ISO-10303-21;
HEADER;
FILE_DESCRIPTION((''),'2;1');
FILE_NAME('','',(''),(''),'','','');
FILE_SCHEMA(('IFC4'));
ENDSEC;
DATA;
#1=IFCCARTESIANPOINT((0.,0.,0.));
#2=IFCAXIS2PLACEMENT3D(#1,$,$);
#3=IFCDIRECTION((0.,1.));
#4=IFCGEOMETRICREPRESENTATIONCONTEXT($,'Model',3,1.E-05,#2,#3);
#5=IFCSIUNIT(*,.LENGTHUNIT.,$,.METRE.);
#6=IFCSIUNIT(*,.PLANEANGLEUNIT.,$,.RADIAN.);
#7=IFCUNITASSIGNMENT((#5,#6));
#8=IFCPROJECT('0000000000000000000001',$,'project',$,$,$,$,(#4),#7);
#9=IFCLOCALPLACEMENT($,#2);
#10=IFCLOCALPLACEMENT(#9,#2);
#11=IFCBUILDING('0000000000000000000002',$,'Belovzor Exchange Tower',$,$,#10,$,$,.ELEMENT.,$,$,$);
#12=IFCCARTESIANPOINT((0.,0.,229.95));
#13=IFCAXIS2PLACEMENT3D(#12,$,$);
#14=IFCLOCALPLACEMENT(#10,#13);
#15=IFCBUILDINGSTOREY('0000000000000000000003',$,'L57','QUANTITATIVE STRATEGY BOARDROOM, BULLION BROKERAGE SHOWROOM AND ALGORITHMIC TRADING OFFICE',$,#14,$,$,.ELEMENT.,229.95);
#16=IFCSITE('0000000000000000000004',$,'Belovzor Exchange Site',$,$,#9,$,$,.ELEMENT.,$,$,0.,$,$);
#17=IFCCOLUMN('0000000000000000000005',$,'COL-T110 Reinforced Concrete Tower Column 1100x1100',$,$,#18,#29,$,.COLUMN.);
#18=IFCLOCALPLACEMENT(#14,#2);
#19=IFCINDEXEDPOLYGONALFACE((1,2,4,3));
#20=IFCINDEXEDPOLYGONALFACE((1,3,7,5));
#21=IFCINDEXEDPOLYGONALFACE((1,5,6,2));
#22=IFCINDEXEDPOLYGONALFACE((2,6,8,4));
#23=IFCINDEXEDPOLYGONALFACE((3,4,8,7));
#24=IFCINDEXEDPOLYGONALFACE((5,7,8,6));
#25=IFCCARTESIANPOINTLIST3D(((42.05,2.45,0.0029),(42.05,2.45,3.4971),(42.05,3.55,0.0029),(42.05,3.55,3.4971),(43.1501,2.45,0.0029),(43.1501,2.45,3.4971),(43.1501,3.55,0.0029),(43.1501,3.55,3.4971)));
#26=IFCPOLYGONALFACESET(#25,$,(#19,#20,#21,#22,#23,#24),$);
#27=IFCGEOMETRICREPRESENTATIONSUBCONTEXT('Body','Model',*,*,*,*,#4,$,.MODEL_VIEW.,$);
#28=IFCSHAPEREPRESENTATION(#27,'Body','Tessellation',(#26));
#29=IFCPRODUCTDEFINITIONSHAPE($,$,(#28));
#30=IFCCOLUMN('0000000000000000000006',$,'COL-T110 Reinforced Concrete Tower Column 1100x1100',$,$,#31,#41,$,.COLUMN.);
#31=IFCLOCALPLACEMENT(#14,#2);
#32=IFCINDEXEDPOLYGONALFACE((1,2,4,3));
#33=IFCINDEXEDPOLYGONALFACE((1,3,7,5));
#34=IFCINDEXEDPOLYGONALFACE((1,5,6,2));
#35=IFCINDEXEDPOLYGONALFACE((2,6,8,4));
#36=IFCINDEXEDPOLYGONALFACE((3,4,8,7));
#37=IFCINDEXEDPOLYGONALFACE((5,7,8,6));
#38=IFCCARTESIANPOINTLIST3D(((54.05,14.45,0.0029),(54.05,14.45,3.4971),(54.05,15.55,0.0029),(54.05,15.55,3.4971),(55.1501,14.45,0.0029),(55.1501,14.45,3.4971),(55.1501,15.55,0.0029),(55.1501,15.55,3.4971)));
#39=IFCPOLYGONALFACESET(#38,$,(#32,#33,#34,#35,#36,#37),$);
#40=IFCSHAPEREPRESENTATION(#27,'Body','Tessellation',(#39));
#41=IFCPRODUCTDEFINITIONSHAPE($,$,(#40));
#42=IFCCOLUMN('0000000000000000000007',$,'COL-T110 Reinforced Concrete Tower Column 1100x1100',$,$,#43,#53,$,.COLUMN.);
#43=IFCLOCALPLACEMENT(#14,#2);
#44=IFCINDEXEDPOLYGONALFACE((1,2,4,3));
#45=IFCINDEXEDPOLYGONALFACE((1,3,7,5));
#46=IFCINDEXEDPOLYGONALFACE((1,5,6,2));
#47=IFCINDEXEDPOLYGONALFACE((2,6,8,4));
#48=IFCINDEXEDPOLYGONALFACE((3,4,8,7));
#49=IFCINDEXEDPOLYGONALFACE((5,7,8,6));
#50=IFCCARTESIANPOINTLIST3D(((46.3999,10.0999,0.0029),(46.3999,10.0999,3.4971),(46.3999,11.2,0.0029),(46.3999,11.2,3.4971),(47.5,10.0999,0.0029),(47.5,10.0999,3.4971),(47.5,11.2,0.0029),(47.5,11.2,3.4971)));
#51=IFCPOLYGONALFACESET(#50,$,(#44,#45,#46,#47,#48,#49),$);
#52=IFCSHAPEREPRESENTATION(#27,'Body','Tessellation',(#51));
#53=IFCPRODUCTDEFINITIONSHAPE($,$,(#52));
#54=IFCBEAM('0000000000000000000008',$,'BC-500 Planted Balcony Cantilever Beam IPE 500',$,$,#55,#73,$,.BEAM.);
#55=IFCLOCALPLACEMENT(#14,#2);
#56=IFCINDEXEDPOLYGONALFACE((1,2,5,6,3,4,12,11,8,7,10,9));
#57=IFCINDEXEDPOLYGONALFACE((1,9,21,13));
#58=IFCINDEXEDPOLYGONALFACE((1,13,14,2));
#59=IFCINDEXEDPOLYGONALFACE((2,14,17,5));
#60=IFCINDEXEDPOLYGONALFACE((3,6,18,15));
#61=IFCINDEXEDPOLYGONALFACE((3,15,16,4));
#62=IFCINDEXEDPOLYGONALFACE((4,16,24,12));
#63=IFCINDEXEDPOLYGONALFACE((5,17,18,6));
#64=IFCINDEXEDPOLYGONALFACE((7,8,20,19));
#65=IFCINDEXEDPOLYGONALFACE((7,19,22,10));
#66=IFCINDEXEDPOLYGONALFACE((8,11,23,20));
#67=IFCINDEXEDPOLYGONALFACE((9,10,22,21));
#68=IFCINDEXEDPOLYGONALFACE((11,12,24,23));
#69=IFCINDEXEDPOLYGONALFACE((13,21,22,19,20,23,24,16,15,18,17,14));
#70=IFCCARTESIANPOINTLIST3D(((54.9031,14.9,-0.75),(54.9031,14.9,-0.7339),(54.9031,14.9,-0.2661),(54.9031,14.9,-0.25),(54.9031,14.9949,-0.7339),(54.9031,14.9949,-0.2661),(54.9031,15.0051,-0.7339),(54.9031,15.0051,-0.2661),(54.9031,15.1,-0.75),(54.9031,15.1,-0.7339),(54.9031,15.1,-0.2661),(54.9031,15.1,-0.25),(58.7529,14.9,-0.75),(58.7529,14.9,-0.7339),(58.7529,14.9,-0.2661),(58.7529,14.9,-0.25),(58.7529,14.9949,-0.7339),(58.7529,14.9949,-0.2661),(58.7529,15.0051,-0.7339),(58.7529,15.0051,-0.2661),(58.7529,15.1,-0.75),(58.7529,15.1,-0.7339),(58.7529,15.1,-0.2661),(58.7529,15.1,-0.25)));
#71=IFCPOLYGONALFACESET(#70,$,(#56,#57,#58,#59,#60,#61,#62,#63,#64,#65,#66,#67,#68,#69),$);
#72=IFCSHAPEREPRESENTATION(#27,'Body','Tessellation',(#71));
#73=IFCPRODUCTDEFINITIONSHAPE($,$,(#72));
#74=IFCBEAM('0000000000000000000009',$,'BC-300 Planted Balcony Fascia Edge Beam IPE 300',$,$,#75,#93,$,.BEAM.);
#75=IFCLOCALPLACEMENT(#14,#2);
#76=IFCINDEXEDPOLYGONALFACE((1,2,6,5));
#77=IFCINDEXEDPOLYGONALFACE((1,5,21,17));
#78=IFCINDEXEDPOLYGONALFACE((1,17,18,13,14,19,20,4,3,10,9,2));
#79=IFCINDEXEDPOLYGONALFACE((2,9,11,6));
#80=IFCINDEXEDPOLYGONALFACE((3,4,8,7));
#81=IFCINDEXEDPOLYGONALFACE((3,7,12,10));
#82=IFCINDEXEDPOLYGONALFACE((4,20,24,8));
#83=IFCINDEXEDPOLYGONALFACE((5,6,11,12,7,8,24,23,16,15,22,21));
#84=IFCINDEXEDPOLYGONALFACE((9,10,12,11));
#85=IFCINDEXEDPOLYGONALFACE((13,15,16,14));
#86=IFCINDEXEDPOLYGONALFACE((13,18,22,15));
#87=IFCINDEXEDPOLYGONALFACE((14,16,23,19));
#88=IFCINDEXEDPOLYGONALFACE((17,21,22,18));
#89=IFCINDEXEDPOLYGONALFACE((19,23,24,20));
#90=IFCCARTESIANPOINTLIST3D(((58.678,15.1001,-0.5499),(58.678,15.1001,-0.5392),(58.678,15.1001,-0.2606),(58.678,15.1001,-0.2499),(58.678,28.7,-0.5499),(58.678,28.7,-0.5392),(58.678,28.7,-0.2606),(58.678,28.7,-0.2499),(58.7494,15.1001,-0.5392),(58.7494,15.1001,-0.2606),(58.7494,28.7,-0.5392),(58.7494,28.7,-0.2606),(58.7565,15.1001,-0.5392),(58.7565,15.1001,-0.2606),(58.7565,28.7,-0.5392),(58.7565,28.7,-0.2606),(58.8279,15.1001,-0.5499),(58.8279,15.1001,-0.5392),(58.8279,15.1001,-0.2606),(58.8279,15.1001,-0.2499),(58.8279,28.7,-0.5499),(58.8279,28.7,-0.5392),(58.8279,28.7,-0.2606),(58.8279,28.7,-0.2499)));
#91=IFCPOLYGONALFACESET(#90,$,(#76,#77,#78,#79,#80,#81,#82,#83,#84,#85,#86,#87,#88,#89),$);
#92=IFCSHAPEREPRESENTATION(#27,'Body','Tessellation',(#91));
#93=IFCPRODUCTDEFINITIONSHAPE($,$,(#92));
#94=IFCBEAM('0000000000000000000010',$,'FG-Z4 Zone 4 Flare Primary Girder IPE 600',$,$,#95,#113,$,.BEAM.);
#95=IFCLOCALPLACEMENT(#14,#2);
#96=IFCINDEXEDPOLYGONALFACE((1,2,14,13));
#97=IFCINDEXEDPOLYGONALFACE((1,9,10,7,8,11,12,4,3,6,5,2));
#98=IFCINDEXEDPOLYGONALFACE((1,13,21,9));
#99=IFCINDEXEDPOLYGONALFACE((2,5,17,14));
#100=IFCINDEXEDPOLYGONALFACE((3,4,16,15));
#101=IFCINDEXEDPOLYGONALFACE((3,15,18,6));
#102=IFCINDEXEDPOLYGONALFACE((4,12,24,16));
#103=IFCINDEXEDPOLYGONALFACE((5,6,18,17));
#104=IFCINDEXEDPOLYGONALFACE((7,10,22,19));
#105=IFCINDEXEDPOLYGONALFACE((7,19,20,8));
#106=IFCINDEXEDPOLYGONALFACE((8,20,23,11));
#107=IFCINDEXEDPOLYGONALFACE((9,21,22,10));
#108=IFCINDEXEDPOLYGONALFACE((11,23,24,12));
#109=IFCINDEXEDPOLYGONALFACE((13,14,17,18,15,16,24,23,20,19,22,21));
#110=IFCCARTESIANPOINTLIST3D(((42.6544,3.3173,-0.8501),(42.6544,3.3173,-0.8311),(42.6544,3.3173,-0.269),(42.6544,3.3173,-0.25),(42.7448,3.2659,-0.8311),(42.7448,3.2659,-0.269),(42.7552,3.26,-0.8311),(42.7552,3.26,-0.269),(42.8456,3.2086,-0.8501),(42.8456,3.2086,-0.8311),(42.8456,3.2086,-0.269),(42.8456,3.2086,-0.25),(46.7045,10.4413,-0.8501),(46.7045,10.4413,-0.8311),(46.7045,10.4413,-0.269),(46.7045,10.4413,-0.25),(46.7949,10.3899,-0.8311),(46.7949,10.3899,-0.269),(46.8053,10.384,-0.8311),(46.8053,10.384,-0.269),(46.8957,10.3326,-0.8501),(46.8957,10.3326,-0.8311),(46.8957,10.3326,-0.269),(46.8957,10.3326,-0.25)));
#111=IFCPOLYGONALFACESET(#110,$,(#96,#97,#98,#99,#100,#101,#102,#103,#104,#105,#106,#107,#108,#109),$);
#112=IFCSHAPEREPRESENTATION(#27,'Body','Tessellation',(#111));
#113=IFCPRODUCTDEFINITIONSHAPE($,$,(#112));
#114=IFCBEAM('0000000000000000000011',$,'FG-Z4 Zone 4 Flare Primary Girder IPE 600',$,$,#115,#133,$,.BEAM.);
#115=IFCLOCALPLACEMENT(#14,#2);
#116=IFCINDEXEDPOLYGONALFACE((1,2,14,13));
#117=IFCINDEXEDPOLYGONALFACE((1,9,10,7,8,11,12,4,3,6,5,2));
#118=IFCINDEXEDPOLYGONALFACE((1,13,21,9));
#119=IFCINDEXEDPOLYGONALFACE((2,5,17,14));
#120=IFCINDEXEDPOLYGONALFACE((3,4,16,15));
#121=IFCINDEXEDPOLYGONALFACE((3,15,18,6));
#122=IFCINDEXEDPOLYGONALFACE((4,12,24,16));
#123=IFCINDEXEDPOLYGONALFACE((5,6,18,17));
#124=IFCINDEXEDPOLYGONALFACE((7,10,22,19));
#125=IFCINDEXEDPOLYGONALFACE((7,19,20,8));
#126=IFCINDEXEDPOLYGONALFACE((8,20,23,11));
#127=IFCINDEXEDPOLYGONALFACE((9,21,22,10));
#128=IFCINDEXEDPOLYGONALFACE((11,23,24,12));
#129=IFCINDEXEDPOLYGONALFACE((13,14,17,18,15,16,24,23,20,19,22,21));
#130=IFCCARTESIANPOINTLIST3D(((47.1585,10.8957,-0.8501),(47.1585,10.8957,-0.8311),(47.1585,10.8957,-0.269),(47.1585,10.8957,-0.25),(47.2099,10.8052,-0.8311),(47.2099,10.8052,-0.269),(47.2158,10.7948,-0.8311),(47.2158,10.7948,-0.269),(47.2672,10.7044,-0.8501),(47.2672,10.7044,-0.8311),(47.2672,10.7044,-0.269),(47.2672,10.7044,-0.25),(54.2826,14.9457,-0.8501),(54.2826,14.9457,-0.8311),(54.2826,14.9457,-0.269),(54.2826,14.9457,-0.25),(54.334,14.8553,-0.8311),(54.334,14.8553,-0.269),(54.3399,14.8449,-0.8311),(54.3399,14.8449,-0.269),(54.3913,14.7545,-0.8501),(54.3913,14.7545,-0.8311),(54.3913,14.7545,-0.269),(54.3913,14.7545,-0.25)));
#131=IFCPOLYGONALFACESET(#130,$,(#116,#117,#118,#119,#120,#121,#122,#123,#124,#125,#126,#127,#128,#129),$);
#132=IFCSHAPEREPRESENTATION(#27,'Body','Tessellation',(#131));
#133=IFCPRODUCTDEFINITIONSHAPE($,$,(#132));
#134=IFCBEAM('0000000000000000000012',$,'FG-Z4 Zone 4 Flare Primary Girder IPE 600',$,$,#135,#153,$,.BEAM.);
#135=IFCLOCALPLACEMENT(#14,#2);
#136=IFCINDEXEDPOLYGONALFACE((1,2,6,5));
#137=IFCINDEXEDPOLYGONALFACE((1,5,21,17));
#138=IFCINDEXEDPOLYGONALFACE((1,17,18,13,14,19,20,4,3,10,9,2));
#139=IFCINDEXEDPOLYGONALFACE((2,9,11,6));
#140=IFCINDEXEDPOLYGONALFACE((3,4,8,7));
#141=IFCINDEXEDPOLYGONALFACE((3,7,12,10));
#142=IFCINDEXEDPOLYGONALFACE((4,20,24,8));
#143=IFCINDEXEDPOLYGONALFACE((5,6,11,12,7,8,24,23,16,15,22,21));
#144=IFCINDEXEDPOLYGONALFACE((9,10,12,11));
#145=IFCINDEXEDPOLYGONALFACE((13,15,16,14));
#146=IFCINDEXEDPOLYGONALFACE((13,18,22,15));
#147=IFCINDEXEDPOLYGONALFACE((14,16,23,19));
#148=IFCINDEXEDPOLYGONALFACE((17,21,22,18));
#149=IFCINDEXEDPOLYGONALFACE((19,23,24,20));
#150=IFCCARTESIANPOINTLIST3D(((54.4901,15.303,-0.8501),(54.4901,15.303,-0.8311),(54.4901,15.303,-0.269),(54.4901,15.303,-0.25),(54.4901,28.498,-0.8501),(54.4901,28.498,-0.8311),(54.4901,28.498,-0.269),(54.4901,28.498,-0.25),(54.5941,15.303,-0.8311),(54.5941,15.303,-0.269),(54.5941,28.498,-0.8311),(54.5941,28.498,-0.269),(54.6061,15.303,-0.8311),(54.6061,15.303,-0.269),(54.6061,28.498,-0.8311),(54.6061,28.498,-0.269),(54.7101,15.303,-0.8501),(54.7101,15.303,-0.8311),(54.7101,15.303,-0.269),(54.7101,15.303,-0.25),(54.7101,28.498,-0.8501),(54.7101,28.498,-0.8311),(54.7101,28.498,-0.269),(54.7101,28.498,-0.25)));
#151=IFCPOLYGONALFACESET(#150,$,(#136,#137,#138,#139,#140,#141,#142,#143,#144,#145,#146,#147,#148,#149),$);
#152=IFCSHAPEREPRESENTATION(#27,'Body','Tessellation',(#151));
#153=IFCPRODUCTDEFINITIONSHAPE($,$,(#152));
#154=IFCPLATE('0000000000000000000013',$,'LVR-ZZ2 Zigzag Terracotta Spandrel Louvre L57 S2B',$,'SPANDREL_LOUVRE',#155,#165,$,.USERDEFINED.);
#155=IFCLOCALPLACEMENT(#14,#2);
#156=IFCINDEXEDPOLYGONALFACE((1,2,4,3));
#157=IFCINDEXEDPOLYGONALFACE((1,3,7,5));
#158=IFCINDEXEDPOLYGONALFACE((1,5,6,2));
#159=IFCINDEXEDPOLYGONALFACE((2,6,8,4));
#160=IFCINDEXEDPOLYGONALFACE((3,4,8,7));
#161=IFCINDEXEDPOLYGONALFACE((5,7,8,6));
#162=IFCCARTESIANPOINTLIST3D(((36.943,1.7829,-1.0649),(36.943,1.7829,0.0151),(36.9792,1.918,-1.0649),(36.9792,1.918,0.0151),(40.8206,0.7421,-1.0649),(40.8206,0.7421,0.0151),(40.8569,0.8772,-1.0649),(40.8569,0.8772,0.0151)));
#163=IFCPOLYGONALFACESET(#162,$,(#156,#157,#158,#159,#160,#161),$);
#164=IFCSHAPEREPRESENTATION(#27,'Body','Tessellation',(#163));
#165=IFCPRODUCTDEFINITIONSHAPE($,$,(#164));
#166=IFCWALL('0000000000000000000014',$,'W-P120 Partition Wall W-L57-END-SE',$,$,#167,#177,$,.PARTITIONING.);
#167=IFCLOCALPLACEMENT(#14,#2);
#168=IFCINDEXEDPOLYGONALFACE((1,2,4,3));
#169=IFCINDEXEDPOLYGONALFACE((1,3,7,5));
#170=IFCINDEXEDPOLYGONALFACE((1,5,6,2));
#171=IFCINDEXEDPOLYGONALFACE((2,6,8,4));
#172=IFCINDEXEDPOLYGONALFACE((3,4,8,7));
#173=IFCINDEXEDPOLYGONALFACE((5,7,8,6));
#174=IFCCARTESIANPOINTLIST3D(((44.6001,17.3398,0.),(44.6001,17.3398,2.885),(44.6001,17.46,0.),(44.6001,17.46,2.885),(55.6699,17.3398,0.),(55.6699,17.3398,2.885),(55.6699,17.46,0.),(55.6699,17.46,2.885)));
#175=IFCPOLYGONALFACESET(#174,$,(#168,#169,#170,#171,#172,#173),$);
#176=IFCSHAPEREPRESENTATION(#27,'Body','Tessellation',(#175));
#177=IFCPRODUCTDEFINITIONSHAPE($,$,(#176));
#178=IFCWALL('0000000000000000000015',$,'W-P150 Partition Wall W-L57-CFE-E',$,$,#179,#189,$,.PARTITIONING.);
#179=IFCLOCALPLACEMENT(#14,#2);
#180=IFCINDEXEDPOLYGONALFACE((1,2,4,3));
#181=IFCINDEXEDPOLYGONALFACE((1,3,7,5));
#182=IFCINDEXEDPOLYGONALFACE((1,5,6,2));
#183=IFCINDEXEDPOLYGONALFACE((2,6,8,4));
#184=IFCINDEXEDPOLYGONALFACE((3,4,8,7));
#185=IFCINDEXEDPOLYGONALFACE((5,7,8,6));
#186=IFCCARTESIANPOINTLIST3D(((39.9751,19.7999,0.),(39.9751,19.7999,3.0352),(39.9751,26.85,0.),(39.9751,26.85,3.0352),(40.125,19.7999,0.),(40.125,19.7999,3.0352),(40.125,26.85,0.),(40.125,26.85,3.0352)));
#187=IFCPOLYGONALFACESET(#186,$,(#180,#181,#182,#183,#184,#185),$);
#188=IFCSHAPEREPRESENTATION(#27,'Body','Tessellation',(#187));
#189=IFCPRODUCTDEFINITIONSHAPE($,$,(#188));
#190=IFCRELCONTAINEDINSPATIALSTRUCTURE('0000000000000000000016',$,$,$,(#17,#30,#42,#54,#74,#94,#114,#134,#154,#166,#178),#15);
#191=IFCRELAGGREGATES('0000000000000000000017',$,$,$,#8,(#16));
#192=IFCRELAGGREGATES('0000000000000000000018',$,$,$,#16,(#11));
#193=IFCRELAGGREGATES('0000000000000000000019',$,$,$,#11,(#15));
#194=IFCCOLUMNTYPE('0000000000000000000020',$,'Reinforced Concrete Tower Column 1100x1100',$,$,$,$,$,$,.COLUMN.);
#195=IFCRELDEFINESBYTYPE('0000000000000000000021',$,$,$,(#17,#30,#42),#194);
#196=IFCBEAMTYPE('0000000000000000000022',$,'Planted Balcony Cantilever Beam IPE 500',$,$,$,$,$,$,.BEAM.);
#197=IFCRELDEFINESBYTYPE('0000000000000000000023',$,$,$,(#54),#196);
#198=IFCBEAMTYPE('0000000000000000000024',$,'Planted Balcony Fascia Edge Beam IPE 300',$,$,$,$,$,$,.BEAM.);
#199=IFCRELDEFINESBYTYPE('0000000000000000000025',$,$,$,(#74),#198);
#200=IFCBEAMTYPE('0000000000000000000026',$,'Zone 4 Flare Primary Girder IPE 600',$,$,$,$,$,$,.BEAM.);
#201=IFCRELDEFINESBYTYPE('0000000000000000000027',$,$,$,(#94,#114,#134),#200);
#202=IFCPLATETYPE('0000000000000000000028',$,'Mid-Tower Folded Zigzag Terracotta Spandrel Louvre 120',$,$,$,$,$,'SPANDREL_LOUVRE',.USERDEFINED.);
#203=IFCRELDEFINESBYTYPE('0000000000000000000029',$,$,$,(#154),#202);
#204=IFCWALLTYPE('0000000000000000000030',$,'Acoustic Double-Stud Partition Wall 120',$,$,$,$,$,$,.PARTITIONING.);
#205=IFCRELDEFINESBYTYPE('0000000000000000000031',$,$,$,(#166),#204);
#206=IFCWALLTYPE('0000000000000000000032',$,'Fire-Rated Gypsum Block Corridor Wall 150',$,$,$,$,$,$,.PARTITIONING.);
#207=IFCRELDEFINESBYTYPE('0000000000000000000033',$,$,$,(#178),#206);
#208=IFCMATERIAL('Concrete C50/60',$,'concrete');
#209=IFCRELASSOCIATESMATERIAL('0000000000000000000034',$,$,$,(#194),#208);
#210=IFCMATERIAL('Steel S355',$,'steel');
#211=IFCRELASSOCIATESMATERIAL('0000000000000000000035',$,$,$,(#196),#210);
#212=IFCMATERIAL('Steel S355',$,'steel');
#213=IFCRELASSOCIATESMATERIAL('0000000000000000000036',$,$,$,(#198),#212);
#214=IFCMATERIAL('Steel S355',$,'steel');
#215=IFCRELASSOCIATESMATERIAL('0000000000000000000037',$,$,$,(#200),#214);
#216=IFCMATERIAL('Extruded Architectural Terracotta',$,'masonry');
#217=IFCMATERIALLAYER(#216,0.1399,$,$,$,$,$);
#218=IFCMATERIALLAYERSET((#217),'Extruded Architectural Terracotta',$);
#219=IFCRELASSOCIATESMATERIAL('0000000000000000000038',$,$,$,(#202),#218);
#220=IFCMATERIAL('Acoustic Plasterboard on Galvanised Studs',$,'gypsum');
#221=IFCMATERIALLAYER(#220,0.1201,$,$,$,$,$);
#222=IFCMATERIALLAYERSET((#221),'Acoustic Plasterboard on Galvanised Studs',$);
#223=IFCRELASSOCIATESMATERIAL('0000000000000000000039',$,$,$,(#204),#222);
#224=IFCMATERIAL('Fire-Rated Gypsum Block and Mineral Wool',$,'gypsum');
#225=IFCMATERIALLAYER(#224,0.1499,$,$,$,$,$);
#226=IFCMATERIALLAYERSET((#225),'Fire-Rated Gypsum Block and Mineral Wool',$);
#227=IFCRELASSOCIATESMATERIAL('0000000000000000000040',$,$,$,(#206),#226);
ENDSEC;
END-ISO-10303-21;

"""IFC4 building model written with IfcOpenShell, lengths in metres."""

from ifc_helpers import new_model, si_unit, direction, frame, frame_2d, origin, origin_2d, place, context, subcontext, project, spatial, rectangle, i_section, extrude, material, layer, layer_set, material_profile, profile_set, type_object, element, save


model = new_model("IFC4")

# Units and contexts
model_context = context("Model", 3, precision=1e-05, world=origin(), true_north=direction((0.0, 1.0)))
body_context = subcontext(model_context, "Body", "Model", "MODEL_VIEW")
ifc_project = project(units=[si_unit("LENGTHUNIT", "METRE"), si_unit("PLANEANGLEUNIT", "RADIAN")], contexts=[model_context])

# Site, building, storey
site_placement = place(None, origin())
site = spatial("IfcSite", under=ifc_project, at=site_placement, Name="Belovzor Exchange Site", CompositionType="ELEMENT", RefElevation=0.0)
building_placement = place(site_placement, origin())
building = spatial("IfcBuilding", under=site, at=building_placement, Name="Belovzor Exchange Tower", CompositionType="ELEMENT")
storey_placement = place(building_placement, frame((0.0, 0.0, 229.95)))
storey = spatial("IfcBuildingStorey", under=building, at=storey_placement, Name="L57", Description="QUANTITATIVE STRATEGY BOARDROOM, BULLION BROKERAGE SHOWROOM AND ALGORITHMIC TRADING OFFICE", CompositionType="ELEMENT", Elevation=229.95)

# Columns
ifc_material_1 = material(Name="Concrete C50/60", Category="concrete")
ifc_material_profile_1 = material_profile(ifc_material_1, rectangle(XDim=1.1001, YDim=1.1001, at=origin_2d()))
ifc_profile_set_1 = profile_set([ifc_material_profile_1], Name="Concrete C50/60")
column_type = type_object("IfcColumnType", Name="Reinforced Concrete Tower Column 1100x1100", PredefinedType="COLUMN", material=ifc_profile_set_1)
for number, where, z_axis, x_axis, name in (
    (1, (42.6001, 3.0, 0.0029), (0.0, 0.0, 1.0), (1.0, 0.0, 0.0), "COL-T110 Reinforced Concrete Tower Column 1100x1100"),
    (2, (54.6001, 15.0, 0.0029), (0.0, 0.0, 1.0), (1.0, 0.0, 0.0), "COL-T110 Reinforced Concrete Tower Column 1100x1100"),
    (3, (46.95, 10.6499, 0.0029), (0.0, 0.0, 1.0), (1.0, 0.0, 0.0), "COL-T110 Reinforced Concrete Tower Column 1100x1100"),
):
    element("IfcColumn", number, at=place(storey_placement, frame(where, z_axis=z_axis, x_axis=x_axis)), inside=storey, type_object=column_type, Name=name, PredefinedType="COLUMN", context=body_context, shape_type="SweptSolid", body=[
        extrude(rectangle(XDim=1.1001, YDim=1.1001, at=origin_2d()), origin(), (0.0, 0.0, 1.0), 3.4941),
    ])

# Beams
ifc_material_2 = material(Name="Steel S355", Category="steel")
ifc_material_profile_2 = material_profile(ifc_material_2, i_section(OverallWidth=0.2, OverallDepth=0.5, WebThickness=0.0103, FlangeThickness=0.0161, at=origin_2d()))
ifc_profile_set_2 = profile_set([ifc_material_profile_2], Name="Steel S355")
beam_type_1 = type_object("IfcBeamType", Name="Planted Balcony Cantilever Beam IPE 500", PredefinedType="BEAM", material=ifc_profile_set_2)
beam_1_placement = place(storey_placement, frame((54.9031, 15.0, -0.5), z_axis=(1.0, 0.0, 0.0), x_axis=(0.0, 1.0, 0.0)))
element("IfcBeam", 4, at=beam_1_placement, inside=storey, type_object=beam_type_1, Name="BC-500 Planted Balcony Cantilever Beam IPE 500", PredefinedType="BEAM", context=body_context, shape_type="SweptSolid", body=[
    extrude(i_section(OverallWidth=0.2, OverallDepth=0.5, WebThickness=0.0103, FlangeThickness=0.0161, at=origin_2d()), origin(), (0.0, 0.0, 1.0), 3.8499),
])
ifc_material_3 = material(Name="Steel S355", Category="steel")
ifc_material_profile_3 = material_profile(ifc_material_3, i_section(OverallWidth=0.1499, OverallDepth=0.3, WebThickness=0.0071, FlangeThickness=0.0107, at=origin_2d()))
ifc_profile_set_3 = profile_set([ifc_material_profile_3], Name="Steel S355")
beam_type_2 = type_object("IfcBeamType", Name="Planted Balcony Fascia Edge Beam IPE 300", PredefinedType="BEAM", material=ifc_profile_set_3)
beam_2_placement = place(storey_placement, frame((58.7529, 15.1001, -0.3999), z_axis=(0.0, 1.0, 0.0), x_axis=(-1.0, 0.0, 0.0)))
element("IfcBeam", 5, at=beam_2_placement, inside=storey, type_object=beam_type_2, Name="BC-300 Planted Balcony Fascia Edge Beam IPE 300", PredefinedType="BEAM", context=body_context, shape_type="SweptSolid", body=[
    extrude(i_section(OverallWidth=0.1499, OverallDepth=0.3, WebThickness=0.0071, FlangeThickness=0.0107, at=origin_2d()), origin(), (0.0, 0.0, 1.0), 13.5999),
])
ifc_material_4 = material(Name="Steel S355", Category="steel")
ifc_material_profile_4 = material_profile(ifc_material_4, i_section(OverallWidth=0.22, OverallDepth=0.6001, WebThickness=0.012, FlangeThickness=0.019, at=origin_2d()))
ifc_profile_set_4 = profile_set([ifc_material_profile_4], Name="Steel S355")
beam_type_3 = type_object("IfcBeamType", Name="Zone 4 Flare Primary Girder IPE 600", PredefinedType="BEAM", material=ifc_profile_set_4)
for number, where, z_axis, x_axis, name in (
    (6, (42.75, 3.2629, -0.55), (0.494222, 0.869336, 0.0), (-0.869336, 0.494222, 0.0), "FG-Z4 Zone 4 Flare Primary Girder IPE 600"),
    (7, (47.2129, 10.8, -0.55), (0.869336, 0.494222, 0.0), (-0.494222, 0.869336, 0.0), "FG-Z4 Zone 4 Flare Primary Girder IPE 600"),
):
    element("IfcBeam", number, at=place(storey_placement, frame(where, z_axis=z_axis, x_axis=x_axis)), inside=storey, type_object=beam_type_3, Name=name, PredefinedType="BEAM", context=body_context, shape_type="SweptSolid", body=[
        extrude(i_section(OverallWidth=0.22, OverallDepth=0.6001, WebThickness=0.012, FlangeThickness=0.019, at=origin_2d()), origin(), (0.0, 0.0, 1.0), 8.1948),
    ])
beam_3_placement = place(storey_placement, frame((54.6001, 15.303, -0.55), z_axis=(0.0, 1.0, 0.0), x_axis=(-1.0, 0.0, 0.0)))
element("IfcBeam", 8, at=beam_3_placement, inside=storey, type_object=beam_type_3, Name="FG-Z4 Zone 4 Flare Primary Girder IPE 600", PredefinedType="BEAM", context=body_context, shape_type="SweptSolid", body=[
    extrude(i_section(OverallWidth=0.22, OverallDepth=0.6001, WebThickness=0.012, FlangeThickness=0.019, at=origin_2d()), origin(), (0.0, 0.0, 1.0), 13.1951),
])

# Plate
ifc_material_5 = material(Name="Extruded Architectural Terracotta", Category="masonry")
ifc_layer_1 = layer(ifc_material_5, 0.1399)
ifc_layer_set_1 = layer_set([ifc_layer_1], Name="Extruded Architectural Terracotta")
plate_type = type_object("IfcPlateType", Name="Mid-Tower Folded Zigzag Terracotta Spandrel Louvre 120", ElementType="SPANDREL_LOUVRE", PredefinedType="USERDEFINED", material=ifc_layer_set_1)
plate_placement = place(storey_placement, frame((38.8999, 1.3301, -1.0649), z_axis=(0.0, 0.0, 1.0), x_axis=(0.965813, -0.25924, 0.0)))
element("IfcPlate", 9, at=plate_placement, inside=storey, type_object=plate_type, Name="LVR-ZZ2 Zigzag Terracotta Spandrel Louvre L57 S2B", ObjectType="SPANDREL_LOUVRE", PredefinedType="USERDEFINED", context=body_context, shape_type="SweptSolid", body=[
    extrude(rectangle(XDim=4.0149, YDim=0.1399, at=origin_2d()), origin(), (0.0, 0.0, 1.0), 1.0801),
])

# Walls
ifc_material_6 = material(Name="Acoustic Plasterboard on Galvanised Studs", Category="gypsum")
ifc_layer_2 = layer(ifc_material_6, 0.1201)
ifc_layer_set_2 = layer_set([ifc_layer_2], Name="Acoustic Plasterboard on Galvanised Studs")
wall_type_1 = type_object("IfcWallType", Name="Acoustic Double-Stud Partition Wall 120", PredefinedType="PARTITIONING", material=ifc_layer_set_2)
wall_1_placement = place(storey_placement, frame((44.6001, 17.3999, 0.0), z_axis=(0.0, 0.0, 1.0), x_axis=(1.0, 0.0, 0.0)))
element("IfcWall", 10, at=wall_1_placement, inside=storey, type_object=wall_type_1, Name="W-P120 Partition Wall W-L57-END-SE", PredefinedType="PARTITIONING", context=body_context, shape_type="SweptSolid", body=[
    extrude(rectangle(XDim=11.0698, YDim=0.1201, at=frame_2d((5.5349, 0.0))), origin(), (0.0, 0.0, 1.0), 2.885),
])
ifc_material_7 = material(Name="Fire-Rated Gypsum Block and Mineral Wool", Category="gypsum")
ifc_layer_3 = layer(ifc_material_7, 0.1499)
ifc_layer_set_3 = layer_set([ifc_layer_3], Name="Fire-Rated Gypsum Block and Mineral Wool")
wall_type_2 = type_object("IfcWallType", Name="Fire-Rated Gypsum Block Corridor Wall 150", PredefinedType="PARTITIONING", material=ifc_layer_set_3)
wall_2_placement = place(storey_placement, frame((40.05, 19.8, 0.0), z_axis=(0.0, 0.0, 1.0), x_axis=(0.0, 1.0, 0.0)))
element("IfcWall", 11, at=wall_2_placement, inside=storey, type_object=wall_type_2, Name="W-P150 Partition Wall W-L57-CFE-E", PredefinedType="PARTITIONING", context=body_context, shape_type="SweptSolid", body=[
    extrude(rectangle(XDim=7.05, YDim=0.1499, at=frame_2d((3.5249, 0.0))), origin(), (0.0, 0.0, 1.0), 3.0352),
])

save(model, "model.ifc")
